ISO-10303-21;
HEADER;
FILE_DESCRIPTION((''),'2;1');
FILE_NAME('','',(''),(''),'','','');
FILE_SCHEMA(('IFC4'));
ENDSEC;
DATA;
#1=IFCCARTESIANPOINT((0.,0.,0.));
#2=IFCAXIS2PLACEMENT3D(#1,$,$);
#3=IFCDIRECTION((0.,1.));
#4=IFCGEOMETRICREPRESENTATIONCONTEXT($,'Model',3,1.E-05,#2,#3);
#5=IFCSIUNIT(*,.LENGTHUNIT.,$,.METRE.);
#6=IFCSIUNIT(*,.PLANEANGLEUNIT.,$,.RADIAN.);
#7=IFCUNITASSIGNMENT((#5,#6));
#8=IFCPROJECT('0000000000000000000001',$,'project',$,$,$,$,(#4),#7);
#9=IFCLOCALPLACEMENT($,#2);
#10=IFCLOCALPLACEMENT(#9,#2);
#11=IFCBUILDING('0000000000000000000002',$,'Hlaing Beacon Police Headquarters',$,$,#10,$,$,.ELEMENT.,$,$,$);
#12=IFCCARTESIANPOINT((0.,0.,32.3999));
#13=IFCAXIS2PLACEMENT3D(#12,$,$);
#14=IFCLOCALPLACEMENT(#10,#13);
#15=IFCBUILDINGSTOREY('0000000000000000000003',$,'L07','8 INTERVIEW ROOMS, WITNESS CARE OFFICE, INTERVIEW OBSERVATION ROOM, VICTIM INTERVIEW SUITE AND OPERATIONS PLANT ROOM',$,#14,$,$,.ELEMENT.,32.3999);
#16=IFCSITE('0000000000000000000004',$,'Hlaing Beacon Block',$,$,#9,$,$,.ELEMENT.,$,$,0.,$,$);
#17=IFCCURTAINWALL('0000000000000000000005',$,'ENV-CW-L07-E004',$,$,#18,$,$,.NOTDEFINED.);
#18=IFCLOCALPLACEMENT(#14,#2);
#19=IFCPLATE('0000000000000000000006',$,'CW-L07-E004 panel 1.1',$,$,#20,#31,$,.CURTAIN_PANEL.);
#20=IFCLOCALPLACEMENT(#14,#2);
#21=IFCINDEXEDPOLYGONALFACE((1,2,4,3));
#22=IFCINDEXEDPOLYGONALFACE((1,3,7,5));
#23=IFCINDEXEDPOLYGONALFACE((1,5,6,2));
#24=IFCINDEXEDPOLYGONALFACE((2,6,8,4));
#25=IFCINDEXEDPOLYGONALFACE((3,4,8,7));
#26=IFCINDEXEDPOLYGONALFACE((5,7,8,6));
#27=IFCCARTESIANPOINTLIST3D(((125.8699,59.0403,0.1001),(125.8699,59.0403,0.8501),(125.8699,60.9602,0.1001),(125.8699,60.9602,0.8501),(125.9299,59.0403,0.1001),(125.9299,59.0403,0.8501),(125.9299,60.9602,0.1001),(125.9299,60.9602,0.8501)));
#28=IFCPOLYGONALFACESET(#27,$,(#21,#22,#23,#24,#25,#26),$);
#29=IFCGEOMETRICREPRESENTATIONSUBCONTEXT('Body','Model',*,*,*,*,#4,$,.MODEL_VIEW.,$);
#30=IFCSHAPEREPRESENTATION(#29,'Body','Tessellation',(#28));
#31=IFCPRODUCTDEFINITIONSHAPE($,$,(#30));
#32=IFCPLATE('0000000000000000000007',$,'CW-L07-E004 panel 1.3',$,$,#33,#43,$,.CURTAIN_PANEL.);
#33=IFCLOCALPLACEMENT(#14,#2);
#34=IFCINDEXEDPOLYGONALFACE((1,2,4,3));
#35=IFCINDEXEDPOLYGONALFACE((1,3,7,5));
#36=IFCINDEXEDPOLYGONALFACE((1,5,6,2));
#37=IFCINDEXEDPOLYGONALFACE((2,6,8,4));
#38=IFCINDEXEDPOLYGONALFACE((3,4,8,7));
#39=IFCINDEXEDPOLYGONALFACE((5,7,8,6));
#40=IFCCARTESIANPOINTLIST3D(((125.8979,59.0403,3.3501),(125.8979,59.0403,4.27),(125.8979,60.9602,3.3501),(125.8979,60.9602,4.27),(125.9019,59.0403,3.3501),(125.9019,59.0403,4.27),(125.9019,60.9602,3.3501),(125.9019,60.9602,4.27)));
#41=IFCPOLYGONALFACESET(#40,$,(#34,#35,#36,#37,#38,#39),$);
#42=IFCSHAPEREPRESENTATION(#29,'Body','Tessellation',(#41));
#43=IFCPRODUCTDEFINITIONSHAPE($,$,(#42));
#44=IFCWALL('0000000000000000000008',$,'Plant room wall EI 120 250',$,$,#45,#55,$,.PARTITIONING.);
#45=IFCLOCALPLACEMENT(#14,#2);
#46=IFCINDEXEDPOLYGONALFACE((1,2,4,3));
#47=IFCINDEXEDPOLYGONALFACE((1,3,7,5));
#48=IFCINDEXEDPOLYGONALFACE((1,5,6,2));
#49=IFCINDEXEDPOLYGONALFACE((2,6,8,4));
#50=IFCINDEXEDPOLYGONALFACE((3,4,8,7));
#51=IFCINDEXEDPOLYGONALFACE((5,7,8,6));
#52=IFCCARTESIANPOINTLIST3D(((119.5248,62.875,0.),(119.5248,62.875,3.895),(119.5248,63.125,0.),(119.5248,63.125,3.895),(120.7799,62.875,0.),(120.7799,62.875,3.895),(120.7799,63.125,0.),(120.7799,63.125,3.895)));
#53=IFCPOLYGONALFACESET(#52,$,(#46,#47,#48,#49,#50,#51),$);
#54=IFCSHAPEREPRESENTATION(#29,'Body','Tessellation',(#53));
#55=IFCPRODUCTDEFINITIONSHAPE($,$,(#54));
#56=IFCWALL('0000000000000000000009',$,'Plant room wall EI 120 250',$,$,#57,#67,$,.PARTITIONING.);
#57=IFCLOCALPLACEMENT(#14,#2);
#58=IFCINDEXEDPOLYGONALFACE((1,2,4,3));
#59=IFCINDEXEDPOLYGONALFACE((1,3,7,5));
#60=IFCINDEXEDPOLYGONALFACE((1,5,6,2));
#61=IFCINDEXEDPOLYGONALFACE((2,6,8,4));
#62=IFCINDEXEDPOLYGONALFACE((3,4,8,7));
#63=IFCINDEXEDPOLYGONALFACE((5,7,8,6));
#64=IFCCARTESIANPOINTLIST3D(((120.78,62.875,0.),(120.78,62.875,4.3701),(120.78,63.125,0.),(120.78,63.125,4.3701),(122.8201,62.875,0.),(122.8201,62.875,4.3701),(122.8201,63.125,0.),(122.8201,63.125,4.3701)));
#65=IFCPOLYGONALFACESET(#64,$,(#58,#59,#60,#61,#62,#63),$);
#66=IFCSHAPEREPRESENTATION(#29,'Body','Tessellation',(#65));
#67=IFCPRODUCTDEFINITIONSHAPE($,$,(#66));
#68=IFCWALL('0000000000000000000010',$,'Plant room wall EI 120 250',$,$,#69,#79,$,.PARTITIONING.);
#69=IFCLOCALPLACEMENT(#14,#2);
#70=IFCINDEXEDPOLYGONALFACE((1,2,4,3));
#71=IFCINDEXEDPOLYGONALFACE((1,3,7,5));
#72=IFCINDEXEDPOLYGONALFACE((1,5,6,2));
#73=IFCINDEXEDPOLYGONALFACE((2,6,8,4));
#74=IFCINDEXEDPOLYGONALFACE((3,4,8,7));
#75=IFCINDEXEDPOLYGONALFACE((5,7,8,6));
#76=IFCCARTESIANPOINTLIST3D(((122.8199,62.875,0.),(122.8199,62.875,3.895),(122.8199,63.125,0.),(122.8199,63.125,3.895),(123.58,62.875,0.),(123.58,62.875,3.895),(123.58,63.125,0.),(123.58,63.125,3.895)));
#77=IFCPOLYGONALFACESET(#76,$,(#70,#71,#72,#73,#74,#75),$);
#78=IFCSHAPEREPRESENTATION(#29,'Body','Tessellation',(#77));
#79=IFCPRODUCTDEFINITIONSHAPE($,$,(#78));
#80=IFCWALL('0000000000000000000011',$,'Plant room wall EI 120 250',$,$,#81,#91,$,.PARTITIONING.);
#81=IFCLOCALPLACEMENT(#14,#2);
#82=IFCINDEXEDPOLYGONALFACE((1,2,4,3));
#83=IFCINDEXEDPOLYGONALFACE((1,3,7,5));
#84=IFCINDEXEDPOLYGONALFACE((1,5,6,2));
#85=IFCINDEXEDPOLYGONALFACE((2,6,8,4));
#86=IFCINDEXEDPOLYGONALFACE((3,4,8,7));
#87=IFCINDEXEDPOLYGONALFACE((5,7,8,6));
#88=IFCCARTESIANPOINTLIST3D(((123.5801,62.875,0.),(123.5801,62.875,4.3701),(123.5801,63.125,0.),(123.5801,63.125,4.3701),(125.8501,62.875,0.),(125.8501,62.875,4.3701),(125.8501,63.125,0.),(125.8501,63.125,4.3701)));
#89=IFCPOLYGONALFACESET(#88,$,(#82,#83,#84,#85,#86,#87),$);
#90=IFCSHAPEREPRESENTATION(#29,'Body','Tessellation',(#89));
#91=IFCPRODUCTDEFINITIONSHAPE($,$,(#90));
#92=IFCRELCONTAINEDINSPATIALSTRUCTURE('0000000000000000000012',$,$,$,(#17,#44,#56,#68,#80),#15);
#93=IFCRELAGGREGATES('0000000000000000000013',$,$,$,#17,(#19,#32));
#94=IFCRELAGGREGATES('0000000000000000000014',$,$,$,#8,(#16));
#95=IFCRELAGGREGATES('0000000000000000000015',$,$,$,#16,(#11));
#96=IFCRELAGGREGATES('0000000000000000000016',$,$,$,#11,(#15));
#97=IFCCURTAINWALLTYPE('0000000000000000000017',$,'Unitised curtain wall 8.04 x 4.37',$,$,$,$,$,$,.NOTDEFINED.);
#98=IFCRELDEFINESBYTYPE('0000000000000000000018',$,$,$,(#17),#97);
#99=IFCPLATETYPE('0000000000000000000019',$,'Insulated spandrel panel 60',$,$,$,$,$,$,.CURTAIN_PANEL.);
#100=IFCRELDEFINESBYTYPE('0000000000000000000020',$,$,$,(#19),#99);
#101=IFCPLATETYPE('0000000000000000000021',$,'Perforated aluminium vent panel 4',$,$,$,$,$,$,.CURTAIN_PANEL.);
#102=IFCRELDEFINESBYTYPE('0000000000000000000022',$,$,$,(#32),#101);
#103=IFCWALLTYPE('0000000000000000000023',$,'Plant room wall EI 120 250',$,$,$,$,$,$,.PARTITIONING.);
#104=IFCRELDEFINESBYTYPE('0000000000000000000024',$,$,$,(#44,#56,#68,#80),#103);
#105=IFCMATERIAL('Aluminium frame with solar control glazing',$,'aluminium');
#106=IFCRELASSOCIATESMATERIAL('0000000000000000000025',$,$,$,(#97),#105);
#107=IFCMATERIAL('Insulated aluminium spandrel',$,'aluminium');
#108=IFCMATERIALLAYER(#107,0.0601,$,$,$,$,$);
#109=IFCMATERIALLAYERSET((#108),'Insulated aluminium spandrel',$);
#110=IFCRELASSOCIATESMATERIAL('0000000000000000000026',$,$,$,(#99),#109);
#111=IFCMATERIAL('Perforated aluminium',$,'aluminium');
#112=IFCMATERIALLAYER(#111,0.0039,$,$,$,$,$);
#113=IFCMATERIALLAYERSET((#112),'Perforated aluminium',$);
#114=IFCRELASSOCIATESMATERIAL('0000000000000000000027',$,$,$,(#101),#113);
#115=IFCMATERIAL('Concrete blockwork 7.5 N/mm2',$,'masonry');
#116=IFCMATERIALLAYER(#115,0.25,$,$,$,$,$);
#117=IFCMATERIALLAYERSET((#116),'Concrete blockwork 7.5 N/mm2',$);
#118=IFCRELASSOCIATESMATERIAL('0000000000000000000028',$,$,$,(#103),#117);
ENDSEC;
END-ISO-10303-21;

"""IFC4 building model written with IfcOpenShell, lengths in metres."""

from ifc_helpers import new_model, si_unit, direction, frame, frame_2d, origin, origin_2d, place, context, subcontext, project, spatial, rectangle, extrude, material, layer, layer_set, type_object, element, aggregate, save


model = new_model("IFC4")

# Units and contexts
model_context = context("Model", 3, precision=1e-05, world=origin(), true_north=direction((0.0, 1.0)))
body_context = subcontext(model_context, "Body", "Model", "MODEL_VIEW")
ifc_project = project(units=[si_unit("LENGTHUNIT", "METRE"), si_unit("PLANEANGLEUNIT", "RADIAN")], contexts=[model_context])

# Site, building, storey
site_placement = place(None, origin())
site = spatial("IfcSite", under=ifc_project, at=site_placement, Name="Hlaing Beacon Block", CompositionType="ELEMENT", RefElevation=0.0)
building_placement = place(site_placement, origin())
building = spatial("IfcBuilding", under=site, at=building_placement, Name="Hlaing Beacon Police Headquarters", CompositionType="ELEMENT")
storey_placement = place(building_placement, frame((0.0, 0.0, 32.3999)))
storey = spatial("IfcBuildingStorey", under=building, at=storey_placement, Name="L07", Description="8 INTERVIEW ROOMS, WITNESS CARE OFFICE, INTERVIEW OBSERVATION ROOM, VICTIM INTERVIEW SUITE AND OPERATIONS PLANT ROOM", CompositionType="ELEMENT", Elevation=32.3999)

# Curtain wall
ifc_material_1 = material(Name="Aluminium frame with solar control glazing", Category="aluminium")
curtain_wall_type = type_object("IfcCurtainWallType", Name="Unitised curtain wall 8.04 x 4.37", PredefinedType="NOTDEFINED", material=ifc_material_1)
curtain_wall_placement = place(storey_placement, origin())
curtain_wall = element("IfcCurtainWall", 1, at=curtain_wall_placement, inside=storey, type_object=curtain_wall_type, Name="ENV-CW-L07-E004", PredefinedType="NOTDEFINED")

# Plates
ifc_material_2 = material(Name="Insulated aluminium spandrel", Category="aluminium")
ifc_layer_1 = layer(ifc_material_2, 0.0601)
ifc_layer_set_1 = layer_set([ifc_layer_1], Name="Insulated aluminium spandrel")
plate_type_1 = type_object("IfcPlateType", Name="Insulated spandrel panel 60", PredefinedType="CURTAIN_PANEL", material=ifc_layer_set_1)
plate_1_placement = place(storey_placement, frame((125.8999, 60.0002, 0.1001), z_axis=(0.0, 0.0, 1.0), x_axis=(0.0, 1.0, 0.0)))
plate_1 = element("IfcPlate", 2, at=plate_1_placement, type_object=plate_type_1, Name="CW-L07-E004 panel 1.1", PredefinedType="CURTAIN_PANEL", context=body_context, shape_type="SweptSolid", body=[
    extrude(rectangle(XDim=1.9199, YDim=0.0601, at=origin_2d()), origin(), (0.0, 0.0, 1.0), 0.75),
])
ifc_material_3 = material(Name="Perforated aluminium", Category="aluminium")
ifc_layer_2 = layer(ifc_material_3, 0.0039)
ifc_layer_set_2 = layer_set([ifc_layer_2], Name="Perforated aluminium")
plate_type_2 = type_object("IfcPlateType", Name="Perforated aluminium vent panel 4", PredefinedType="CURTAIN_PANEL", material=ifc_layer_set_2)
plate_2_placement = place(storey_placement, frame((125.8999, 60.0002, 3.3501), z_axis=(0.0, 0.0, 1.0), x_axis=(0.0, 1.0, 0.0)))
plate_2 = element("IfcPlate", 3, at=plate_2_placement, type_object=plate_type_2, Name="CW-L07-E004 panel 1.3", PredefinedType="CURTAIN_PANEL", context=body_context, shape_type="SweptSolid", body=[
    extrude(rectangle(XDim=1.9199, YDim=0.0039, at=origin_2d()), origin(), (0.0, 0.0, 1.0), 0.9199),
])
aggregate(curtain_wall, [plate_1, plate_2])

# Shared definitions
ifc_material_4 = material(Name="Concrete blockwork 7.5 N/mm2", Category="masonry")
ifc_layer_3 = layer(ifc_material_4, 0.25)
ifc_layer_set_3 = layer_set([ifc_layer_3], Name="Concrete blockwork 7.5 N/mm2")
wall_type = type_object("IfcWallType", Name="Plant room wall EI 120 250", PredefinedType="PARTITIONING", material=ifc_layer_set_3)

# Walls
wall_1_placement = place(storey_placement, frame((119.5249, 63.0, 0.0), z_axis=(0.0, 0.0, 1.0), x_axis=(1.0, 0.0, 0.0)))
element("IfcWall", 4, at=wall_1_placement, inside=storey, type_object=wall_type, Name="Plant room wall EI 120 250", PredefinedType="PARTITIONING", context=body_context, shape_type="SweptSolid", body=[
    extrude(rectangle(XDim=1.2551, YDim=0.25, at=frame_2d((0.6274, 0.0))), origin(), (0.0, 0.0, 1.0), 3.895),
])
wall_2_placement = place(storey_placement, frame((120.78, 63.0, 0.0), z_axis=(0.0, 0.0, 1.0), x_axis=(1.0, 0.0, 0.0)))
element("IfcWall", 5, at=wall_2_placement, inside=storey, type_object=wall_type, Name="Plant room wall EI 120 250", PredefinedType="PARTITIONING", context=body_context, shape_type="SweptSolid", body=[
    extrude(rectangle(XDim=2.04, YDim=0.25, at=frame_2d((1.02, 0.0))), origin(), (0.0, 0.0, 1.0), 4.3701),
])
wall_3_placement = place(storey_placement, frame((122.8201, 63.0, 0.0), z_axis=(0.0, 0.0, 1.0), x_axis=(1.0, 0.0, 0.0)))
element("IfcWall", 6, at=wall_3_placement, inside=storey, type_object=wall_type, Name="Plant room wall EI 120 250", PredefinedType="PARTITIONING", context=body_context, shape_type="SweptSolid", body=[
    extrude(rectangle(XDim=0.76, YDim=0.25, at=frame_2d((0.3799, 0.0))), origin(), (0.0, 0.0, 1.0), 3.895),
])
wall_4_placement = place(storey_placement, frame((123.5801, 63.0, 0.0), z_axis=(0.0, 0.0, 1.0), x_axis=(1.0, 0.0, 0.0)))
element("IfcWall", 7, at=wall_4_placement, inside=storey, type_object=wall_type, Name="Plant room wall EI 120 250", PredefinedType="PARTITIONING", context=body_context, shape_type="SweptSolid", body=[
    extrude(rectangle(XDim=2.27, YDim=0.25, at=frame_2d((1.135, 0.0))), origin(), (0.0, 0.0, 1.0), 4.3701),
])

save(model, "model.ifc")
